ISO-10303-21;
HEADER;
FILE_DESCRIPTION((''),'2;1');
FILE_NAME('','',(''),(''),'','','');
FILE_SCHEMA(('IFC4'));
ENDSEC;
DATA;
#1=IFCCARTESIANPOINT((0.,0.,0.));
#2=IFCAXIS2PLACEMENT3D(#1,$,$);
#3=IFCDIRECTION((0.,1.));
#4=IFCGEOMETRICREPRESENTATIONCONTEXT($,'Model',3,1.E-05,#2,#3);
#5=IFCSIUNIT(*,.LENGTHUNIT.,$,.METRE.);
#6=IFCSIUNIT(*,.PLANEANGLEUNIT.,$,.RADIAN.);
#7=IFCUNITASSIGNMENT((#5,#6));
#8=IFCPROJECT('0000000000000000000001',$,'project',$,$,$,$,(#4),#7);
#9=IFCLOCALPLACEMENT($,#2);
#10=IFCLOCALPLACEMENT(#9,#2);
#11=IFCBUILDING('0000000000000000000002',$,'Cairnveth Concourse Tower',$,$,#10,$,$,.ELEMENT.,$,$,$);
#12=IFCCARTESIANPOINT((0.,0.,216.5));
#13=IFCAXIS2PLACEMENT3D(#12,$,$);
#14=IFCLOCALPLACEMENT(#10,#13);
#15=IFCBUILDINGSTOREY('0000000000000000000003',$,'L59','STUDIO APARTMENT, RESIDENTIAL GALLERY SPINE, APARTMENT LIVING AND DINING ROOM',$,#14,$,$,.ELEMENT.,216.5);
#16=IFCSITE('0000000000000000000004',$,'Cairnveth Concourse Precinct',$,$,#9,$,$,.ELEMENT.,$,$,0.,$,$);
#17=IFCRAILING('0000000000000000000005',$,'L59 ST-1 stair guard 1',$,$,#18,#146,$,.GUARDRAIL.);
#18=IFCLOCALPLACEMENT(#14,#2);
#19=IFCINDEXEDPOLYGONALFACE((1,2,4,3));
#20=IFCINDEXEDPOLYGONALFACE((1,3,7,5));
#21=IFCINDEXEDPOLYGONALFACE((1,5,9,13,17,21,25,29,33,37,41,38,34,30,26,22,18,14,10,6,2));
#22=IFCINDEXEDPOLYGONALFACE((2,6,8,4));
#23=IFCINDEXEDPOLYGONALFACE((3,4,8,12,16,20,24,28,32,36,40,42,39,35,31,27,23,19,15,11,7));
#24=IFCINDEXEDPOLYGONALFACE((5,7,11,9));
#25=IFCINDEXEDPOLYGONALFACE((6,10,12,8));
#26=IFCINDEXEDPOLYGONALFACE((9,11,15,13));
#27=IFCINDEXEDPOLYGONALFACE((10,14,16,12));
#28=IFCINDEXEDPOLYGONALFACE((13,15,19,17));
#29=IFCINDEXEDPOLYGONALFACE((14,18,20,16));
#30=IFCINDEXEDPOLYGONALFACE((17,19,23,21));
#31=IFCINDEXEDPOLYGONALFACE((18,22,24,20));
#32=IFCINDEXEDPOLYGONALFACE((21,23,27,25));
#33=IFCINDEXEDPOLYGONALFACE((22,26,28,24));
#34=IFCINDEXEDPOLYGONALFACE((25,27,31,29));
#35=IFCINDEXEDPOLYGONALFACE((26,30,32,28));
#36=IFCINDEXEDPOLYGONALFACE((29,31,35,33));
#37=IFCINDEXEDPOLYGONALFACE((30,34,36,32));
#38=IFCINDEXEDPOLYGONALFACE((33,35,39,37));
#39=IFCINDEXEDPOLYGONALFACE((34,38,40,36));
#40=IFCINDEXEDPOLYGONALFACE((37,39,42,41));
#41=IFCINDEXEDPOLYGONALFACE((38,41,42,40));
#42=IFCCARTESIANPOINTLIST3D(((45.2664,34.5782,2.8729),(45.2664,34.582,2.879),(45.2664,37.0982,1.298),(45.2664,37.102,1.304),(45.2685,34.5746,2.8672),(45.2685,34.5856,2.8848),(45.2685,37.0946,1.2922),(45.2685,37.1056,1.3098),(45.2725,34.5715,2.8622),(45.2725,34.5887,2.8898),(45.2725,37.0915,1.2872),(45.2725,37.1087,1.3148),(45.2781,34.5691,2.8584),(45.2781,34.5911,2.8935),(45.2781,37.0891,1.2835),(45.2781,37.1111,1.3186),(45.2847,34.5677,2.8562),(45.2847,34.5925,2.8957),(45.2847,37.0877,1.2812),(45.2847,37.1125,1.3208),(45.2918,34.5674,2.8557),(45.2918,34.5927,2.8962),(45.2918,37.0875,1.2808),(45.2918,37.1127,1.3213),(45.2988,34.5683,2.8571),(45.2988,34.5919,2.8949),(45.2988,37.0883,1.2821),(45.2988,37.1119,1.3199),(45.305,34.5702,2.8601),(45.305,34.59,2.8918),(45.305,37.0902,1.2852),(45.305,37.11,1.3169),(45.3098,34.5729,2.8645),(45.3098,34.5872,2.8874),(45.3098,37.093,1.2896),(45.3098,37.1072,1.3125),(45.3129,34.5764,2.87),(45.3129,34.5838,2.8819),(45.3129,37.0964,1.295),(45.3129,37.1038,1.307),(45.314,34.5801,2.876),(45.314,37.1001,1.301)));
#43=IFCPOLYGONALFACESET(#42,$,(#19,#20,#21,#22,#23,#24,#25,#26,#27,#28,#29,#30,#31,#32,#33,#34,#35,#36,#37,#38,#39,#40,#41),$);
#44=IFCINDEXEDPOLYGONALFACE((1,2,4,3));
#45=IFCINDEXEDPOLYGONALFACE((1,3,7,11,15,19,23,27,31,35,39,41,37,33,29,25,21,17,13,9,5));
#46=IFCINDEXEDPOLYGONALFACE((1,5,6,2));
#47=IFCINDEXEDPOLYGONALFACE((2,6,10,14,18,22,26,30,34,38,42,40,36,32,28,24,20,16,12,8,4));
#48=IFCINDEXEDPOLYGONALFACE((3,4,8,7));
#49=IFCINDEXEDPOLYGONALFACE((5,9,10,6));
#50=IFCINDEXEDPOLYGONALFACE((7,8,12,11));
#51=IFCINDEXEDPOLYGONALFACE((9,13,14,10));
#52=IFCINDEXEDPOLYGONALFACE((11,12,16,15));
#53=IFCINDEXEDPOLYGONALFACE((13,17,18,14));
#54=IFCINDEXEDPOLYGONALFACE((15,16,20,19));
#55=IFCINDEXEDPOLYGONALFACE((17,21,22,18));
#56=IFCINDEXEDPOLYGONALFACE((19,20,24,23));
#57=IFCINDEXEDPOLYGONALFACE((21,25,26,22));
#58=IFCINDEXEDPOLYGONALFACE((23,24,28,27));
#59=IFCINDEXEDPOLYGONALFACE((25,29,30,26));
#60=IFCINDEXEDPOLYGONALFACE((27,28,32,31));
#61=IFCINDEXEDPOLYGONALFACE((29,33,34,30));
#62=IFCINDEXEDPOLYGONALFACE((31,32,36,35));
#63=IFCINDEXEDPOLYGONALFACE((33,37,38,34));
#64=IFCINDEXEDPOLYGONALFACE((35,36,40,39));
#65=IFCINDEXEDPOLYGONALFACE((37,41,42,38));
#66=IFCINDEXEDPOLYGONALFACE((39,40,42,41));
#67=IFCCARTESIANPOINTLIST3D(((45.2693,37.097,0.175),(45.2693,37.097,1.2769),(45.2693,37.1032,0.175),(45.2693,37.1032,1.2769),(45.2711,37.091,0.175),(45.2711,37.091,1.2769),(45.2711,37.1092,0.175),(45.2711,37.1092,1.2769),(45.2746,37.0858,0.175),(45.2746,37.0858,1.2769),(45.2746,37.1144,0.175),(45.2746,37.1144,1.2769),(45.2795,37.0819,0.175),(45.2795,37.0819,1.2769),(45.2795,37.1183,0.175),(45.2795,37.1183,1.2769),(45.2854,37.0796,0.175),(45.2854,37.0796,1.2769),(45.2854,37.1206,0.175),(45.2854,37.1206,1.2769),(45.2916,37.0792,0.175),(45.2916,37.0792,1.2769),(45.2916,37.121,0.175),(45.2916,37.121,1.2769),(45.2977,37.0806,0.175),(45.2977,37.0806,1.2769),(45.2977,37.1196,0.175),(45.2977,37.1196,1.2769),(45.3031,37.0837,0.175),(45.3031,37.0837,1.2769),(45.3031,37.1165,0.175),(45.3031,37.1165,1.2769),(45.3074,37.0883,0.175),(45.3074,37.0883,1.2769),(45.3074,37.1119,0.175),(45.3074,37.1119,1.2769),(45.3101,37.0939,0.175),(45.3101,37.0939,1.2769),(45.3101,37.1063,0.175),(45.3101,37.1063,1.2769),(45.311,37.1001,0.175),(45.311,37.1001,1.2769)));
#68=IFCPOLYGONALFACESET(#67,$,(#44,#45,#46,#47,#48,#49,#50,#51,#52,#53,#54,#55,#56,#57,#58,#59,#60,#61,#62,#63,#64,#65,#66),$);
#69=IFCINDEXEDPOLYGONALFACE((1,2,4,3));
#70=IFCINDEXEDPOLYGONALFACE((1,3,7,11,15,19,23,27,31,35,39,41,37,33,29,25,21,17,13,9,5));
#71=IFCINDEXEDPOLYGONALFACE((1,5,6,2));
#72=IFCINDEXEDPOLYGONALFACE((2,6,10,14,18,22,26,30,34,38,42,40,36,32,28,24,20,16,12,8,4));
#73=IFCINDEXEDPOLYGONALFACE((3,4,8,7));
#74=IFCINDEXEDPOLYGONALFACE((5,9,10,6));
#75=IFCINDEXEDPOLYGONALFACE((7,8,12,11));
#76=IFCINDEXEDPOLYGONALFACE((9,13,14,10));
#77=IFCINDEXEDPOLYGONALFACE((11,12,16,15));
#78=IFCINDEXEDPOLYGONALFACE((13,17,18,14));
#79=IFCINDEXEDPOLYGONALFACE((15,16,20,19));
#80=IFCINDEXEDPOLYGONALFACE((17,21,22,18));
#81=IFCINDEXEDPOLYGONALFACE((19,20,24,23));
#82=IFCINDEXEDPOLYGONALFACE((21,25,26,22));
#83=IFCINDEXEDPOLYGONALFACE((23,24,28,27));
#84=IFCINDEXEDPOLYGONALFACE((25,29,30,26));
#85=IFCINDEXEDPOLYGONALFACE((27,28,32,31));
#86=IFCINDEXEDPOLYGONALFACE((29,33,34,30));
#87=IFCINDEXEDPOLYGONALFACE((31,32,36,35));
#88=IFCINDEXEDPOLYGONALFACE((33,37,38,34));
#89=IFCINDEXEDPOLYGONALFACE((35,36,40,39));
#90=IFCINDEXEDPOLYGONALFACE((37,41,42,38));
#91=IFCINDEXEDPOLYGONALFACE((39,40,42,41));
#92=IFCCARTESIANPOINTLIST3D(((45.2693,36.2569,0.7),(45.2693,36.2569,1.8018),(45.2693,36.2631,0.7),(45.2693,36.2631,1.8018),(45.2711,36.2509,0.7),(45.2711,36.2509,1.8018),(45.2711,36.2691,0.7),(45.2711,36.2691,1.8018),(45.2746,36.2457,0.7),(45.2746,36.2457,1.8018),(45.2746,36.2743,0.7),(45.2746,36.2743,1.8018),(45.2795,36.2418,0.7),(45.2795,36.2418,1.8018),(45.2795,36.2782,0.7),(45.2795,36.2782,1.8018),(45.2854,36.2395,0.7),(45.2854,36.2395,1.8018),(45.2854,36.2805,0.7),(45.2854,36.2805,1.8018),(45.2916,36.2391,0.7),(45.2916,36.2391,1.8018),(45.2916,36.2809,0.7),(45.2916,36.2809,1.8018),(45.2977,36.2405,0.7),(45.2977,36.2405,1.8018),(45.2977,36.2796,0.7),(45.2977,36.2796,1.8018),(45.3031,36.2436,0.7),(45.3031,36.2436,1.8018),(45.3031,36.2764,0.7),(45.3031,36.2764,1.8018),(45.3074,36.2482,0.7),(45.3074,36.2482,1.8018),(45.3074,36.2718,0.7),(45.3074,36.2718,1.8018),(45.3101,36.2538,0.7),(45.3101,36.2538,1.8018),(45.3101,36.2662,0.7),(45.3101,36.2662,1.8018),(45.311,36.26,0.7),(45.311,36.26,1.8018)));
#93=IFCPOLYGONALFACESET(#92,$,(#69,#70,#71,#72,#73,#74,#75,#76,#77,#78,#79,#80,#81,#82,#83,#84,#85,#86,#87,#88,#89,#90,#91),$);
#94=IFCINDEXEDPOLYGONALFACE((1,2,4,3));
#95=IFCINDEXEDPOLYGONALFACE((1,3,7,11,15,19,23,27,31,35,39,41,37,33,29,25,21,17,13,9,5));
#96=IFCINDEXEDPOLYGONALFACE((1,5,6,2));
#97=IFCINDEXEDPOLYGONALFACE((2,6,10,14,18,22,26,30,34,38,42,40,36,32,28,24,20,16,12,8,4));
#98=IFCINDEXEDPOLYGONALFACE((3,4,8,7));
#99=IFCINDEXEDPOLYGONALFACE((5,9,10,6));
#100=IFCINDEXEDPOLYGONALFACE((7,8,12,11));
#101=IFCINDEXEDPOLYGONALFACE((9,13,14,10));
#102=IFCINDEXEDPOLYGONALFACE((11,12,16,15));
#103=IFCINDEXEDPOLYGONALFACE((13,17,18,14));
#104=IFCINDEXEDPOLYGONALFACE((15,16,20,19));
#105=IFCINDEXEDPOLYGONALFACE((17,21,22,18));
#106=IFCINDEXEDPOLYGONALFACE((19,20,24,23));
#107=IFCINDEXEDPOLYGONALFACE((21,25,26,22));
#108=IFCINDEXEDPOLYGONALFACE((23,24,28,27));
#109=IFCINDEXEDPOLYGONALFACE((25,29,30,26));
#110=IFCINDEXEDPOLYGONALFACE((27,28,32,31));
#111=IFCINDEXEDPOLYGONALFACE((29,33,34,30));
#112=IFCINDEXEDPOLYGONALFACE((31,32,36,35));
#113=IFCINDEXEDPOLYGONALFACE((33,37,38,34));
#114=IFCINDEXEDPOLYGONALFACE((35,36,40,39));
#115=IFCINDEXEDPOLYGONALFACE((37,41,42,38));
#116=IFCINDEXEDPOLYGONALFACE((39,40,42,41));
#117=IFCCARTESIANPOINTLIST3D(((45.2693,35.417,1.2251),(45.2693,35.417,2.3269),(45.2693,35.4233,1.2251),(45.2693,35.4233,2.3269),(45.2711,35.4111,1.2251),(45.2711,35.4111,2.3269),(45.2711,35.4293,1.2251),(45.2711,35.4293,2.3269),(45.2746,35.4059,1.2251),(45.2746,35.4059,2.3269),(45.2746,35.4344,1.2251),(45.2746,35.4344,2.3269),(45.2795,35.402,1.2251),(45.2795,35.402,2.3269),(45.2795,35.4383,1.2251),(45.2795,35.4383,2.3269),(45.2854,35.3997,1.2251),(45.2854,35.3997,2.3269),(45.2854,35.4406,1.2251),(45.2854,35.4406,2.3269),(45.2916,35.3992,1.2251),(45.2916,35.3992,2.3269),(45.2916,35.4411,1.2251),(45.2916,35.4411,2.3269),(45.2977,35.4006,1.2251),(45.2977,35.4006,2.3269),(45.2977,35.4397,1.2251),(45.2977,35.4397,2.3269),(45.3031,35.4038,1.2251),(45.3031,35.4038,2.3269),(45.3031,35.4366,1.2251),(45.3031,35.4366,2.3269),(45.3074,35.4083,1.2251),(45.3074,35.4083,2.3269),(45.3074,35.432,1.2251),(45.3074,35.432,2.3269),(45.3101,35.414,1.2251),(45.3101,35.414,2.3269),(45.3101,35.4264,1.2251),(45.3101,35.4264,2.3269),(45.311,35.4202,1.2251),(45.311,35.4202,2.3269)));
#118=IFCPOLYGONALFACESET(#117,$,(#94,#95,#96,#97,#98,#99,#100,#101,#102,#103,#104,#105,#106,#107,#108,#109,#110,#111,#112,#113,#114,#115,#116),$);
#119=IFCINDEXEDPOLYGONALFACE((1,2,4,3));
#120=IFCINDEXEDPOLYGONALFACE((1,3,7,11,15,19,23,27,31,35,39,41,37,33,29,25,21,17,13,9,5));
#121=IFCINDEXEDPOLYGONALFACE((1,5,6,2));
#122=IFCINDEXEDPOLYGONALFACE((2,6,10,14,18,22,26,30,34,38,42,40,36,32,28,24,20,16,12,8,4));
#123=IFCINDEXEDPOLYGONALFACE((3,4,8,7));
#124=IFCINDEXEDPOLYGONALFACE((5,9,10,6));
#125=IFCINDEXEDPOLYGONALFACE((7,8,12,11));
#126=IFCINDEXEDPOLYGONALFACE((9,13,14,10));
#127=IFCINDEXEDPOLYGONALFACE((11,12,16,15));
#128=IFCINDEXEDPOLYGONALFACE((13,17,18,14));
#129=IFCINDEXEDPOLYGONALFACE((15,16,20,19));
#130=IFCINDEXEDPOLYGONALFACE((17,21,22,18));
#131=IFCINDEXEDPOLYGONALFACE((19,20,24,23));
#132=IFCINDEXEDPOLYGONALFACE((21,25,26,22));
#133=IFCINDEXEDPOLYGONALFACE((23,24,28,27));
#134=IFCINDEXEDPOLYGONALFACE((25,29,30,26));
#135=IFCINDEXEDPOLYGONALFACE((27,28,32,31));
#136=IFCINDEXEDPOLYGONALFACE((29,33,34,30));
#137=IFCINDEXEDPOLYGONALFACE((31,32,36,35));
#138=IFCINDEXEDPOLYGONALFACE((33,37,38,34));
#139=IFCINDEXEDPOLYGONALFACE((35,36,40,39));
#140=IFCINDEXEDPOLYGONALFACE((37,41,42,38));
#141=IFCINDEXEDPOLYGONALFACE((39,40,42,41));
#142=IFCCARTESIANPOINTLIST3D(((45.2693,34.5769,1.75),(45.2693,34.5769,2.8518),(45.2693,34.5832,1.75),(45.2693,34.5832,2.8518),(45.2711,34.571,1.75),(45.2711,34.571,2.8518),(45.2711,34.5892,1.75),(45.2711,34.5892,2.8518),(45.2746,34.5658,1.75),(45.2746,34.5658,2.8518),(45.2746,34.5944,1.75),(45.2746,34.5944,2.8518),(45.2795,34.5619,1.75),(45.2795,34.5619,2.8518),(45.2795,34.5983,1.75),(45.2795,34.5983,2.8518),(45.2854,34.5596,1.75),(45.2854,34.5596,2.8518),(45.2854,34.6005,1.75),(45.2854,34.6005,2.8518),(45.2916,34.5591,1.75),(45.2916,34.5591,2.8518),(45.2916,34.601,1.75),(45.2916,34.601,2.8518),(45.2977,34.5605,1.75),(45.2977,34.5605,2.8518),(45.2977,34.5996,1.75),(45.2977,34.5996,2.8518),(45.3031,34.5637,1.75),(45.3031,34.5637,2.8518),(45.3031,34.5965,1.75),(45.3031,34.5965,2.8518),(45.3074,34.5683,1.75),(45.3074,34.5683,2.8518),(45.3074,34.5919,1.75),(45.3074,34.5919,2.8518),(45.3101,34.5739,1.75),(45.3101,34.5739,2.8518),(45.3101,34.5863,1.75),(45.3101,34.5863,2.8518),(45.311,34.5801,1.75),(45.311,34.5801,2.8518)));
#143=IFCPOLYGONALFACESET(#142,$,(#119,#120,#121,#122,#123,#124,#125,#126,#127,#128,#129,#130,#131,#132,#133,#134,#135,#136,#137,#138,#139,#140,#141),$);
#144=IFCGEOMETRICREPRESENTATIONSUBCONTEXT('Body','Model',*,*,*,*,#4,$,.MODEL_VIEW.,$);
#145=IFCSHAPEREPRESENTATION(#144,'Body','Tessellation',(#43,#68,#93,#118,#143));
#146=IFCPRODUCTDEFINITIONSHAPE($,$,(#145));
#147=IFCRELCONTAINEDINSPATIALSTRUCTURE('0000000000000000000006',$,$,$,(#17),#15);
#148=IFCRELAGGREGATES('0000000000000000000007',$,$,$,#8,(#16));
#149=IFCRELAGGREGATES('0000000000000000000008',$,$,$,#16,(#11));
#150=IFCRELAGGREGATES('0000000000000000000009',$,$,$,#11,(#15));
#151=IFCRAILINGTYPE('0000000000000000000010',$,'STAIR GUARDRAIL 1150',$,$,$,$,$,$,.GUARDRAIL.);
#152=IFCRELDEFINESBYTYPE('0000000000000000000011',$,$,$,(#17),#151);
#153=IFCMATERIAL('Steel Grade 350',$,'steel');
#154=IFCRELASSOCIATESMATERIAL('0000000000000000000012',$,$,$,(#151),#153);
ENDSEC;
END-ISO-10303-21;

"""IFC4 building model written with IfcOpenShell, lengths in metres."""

from ifc_helpers import new_model, si_unit, direction, frame, origin, origin_2d, place, context, subcontext, project, spatial, circle, extrude, material, type_object, element, save


model = new_model("IFC4")

# Units and contexts
model_context = context("Model", 3, precision=1e-05, world=origin(), true_north=direction((0.0, 1.0)))
body_context = subcontext(model_context, "Body", "Model", "MODEL_VIEW")
ifc_project = project(units=[si_unit("LENGTHUNIT", "METRE"), si_unit("PLANEANGLEUNIT", "RADIAN")], contexts=[model_context])

# Site, building, storey
site_placement = place(None, origin())
site = spatial("IfcSite", under=ifc_project, at=site_placement, Name="Cairnveth Concourse Precinct", CompositionType="ELEMENT", RefElevation=0.0)
building_placement = place(site_placement, origin())
building = spatial("IfcBuilding", under=site, at=building_placement, Name="Cairnveth Concourse Tower", CompositionType="ELEMENT")
storey_placement = place(building_placement, frame((0.0, 0.0, 216.5)))
storey = spatial("IfcBuildingStorey", under=building, at=storey_placement, Name="L59", Description="STUDIO APARTMENT, RESIDENTIAL GALLERY SPINE, APARTMENT LIVING AND DINING ROOM", CompositionType="ELEMENT", Elevation=216.5)

# Shared definitions
ifc_material_1 = material(Name="Steel Grade 350", Category="steel")

# Railing
railing_type_1 = type_object("IfcRailingType", Name="STAIR GUARDRAIL 1150", PredefinedType="GUARDRAIL", material=ifc_material_1)
railing_1_placement = place(storey_placement, frame((45.29, 37.1001, 0.175)))
element("IfcRailing", 1, at=railing_1_placement, inside=storey, type_object=railing_type_1, Name="L59 ST-1 stair guard 1", PredefinedType="GUARDRAIL", context=body_context, shape_type="SweptSolid", body=[
    extrude(circle(Radius=0.0239, at=origin_2d()), frame((0.0, 0.0, 1.126), z_axis=(0.0, -0.848008, 0.529984), x_axis=(1.0, 0.0, 0.0)), (0.0, 0.0, 1.0), 2.9717),
    extrude(circle(Radius=0.021, at=origin_2d()), origin(), (0.0, 0.0, 1.0), 1.1018),
    extrude(circle(Radius=0.021, at=origin_2d()), frame((0.0, -0.8401, 0.5249)), (0.0, 0.0, 1.0), 1.1018),
    extrude(circle(Radius=0.021, at=origin_2d()), frame((0.0, -1.6799, 1.05)), (0.0, 0.0, 1.0), 1.1018),
    extrude(circle(Radius=0.021, at=origin_2d()), frame((0.0, -2.52, 1.575)), (0.0, 0.0, 1.0), 1.1018),
])

save(model, "model.ifc")
